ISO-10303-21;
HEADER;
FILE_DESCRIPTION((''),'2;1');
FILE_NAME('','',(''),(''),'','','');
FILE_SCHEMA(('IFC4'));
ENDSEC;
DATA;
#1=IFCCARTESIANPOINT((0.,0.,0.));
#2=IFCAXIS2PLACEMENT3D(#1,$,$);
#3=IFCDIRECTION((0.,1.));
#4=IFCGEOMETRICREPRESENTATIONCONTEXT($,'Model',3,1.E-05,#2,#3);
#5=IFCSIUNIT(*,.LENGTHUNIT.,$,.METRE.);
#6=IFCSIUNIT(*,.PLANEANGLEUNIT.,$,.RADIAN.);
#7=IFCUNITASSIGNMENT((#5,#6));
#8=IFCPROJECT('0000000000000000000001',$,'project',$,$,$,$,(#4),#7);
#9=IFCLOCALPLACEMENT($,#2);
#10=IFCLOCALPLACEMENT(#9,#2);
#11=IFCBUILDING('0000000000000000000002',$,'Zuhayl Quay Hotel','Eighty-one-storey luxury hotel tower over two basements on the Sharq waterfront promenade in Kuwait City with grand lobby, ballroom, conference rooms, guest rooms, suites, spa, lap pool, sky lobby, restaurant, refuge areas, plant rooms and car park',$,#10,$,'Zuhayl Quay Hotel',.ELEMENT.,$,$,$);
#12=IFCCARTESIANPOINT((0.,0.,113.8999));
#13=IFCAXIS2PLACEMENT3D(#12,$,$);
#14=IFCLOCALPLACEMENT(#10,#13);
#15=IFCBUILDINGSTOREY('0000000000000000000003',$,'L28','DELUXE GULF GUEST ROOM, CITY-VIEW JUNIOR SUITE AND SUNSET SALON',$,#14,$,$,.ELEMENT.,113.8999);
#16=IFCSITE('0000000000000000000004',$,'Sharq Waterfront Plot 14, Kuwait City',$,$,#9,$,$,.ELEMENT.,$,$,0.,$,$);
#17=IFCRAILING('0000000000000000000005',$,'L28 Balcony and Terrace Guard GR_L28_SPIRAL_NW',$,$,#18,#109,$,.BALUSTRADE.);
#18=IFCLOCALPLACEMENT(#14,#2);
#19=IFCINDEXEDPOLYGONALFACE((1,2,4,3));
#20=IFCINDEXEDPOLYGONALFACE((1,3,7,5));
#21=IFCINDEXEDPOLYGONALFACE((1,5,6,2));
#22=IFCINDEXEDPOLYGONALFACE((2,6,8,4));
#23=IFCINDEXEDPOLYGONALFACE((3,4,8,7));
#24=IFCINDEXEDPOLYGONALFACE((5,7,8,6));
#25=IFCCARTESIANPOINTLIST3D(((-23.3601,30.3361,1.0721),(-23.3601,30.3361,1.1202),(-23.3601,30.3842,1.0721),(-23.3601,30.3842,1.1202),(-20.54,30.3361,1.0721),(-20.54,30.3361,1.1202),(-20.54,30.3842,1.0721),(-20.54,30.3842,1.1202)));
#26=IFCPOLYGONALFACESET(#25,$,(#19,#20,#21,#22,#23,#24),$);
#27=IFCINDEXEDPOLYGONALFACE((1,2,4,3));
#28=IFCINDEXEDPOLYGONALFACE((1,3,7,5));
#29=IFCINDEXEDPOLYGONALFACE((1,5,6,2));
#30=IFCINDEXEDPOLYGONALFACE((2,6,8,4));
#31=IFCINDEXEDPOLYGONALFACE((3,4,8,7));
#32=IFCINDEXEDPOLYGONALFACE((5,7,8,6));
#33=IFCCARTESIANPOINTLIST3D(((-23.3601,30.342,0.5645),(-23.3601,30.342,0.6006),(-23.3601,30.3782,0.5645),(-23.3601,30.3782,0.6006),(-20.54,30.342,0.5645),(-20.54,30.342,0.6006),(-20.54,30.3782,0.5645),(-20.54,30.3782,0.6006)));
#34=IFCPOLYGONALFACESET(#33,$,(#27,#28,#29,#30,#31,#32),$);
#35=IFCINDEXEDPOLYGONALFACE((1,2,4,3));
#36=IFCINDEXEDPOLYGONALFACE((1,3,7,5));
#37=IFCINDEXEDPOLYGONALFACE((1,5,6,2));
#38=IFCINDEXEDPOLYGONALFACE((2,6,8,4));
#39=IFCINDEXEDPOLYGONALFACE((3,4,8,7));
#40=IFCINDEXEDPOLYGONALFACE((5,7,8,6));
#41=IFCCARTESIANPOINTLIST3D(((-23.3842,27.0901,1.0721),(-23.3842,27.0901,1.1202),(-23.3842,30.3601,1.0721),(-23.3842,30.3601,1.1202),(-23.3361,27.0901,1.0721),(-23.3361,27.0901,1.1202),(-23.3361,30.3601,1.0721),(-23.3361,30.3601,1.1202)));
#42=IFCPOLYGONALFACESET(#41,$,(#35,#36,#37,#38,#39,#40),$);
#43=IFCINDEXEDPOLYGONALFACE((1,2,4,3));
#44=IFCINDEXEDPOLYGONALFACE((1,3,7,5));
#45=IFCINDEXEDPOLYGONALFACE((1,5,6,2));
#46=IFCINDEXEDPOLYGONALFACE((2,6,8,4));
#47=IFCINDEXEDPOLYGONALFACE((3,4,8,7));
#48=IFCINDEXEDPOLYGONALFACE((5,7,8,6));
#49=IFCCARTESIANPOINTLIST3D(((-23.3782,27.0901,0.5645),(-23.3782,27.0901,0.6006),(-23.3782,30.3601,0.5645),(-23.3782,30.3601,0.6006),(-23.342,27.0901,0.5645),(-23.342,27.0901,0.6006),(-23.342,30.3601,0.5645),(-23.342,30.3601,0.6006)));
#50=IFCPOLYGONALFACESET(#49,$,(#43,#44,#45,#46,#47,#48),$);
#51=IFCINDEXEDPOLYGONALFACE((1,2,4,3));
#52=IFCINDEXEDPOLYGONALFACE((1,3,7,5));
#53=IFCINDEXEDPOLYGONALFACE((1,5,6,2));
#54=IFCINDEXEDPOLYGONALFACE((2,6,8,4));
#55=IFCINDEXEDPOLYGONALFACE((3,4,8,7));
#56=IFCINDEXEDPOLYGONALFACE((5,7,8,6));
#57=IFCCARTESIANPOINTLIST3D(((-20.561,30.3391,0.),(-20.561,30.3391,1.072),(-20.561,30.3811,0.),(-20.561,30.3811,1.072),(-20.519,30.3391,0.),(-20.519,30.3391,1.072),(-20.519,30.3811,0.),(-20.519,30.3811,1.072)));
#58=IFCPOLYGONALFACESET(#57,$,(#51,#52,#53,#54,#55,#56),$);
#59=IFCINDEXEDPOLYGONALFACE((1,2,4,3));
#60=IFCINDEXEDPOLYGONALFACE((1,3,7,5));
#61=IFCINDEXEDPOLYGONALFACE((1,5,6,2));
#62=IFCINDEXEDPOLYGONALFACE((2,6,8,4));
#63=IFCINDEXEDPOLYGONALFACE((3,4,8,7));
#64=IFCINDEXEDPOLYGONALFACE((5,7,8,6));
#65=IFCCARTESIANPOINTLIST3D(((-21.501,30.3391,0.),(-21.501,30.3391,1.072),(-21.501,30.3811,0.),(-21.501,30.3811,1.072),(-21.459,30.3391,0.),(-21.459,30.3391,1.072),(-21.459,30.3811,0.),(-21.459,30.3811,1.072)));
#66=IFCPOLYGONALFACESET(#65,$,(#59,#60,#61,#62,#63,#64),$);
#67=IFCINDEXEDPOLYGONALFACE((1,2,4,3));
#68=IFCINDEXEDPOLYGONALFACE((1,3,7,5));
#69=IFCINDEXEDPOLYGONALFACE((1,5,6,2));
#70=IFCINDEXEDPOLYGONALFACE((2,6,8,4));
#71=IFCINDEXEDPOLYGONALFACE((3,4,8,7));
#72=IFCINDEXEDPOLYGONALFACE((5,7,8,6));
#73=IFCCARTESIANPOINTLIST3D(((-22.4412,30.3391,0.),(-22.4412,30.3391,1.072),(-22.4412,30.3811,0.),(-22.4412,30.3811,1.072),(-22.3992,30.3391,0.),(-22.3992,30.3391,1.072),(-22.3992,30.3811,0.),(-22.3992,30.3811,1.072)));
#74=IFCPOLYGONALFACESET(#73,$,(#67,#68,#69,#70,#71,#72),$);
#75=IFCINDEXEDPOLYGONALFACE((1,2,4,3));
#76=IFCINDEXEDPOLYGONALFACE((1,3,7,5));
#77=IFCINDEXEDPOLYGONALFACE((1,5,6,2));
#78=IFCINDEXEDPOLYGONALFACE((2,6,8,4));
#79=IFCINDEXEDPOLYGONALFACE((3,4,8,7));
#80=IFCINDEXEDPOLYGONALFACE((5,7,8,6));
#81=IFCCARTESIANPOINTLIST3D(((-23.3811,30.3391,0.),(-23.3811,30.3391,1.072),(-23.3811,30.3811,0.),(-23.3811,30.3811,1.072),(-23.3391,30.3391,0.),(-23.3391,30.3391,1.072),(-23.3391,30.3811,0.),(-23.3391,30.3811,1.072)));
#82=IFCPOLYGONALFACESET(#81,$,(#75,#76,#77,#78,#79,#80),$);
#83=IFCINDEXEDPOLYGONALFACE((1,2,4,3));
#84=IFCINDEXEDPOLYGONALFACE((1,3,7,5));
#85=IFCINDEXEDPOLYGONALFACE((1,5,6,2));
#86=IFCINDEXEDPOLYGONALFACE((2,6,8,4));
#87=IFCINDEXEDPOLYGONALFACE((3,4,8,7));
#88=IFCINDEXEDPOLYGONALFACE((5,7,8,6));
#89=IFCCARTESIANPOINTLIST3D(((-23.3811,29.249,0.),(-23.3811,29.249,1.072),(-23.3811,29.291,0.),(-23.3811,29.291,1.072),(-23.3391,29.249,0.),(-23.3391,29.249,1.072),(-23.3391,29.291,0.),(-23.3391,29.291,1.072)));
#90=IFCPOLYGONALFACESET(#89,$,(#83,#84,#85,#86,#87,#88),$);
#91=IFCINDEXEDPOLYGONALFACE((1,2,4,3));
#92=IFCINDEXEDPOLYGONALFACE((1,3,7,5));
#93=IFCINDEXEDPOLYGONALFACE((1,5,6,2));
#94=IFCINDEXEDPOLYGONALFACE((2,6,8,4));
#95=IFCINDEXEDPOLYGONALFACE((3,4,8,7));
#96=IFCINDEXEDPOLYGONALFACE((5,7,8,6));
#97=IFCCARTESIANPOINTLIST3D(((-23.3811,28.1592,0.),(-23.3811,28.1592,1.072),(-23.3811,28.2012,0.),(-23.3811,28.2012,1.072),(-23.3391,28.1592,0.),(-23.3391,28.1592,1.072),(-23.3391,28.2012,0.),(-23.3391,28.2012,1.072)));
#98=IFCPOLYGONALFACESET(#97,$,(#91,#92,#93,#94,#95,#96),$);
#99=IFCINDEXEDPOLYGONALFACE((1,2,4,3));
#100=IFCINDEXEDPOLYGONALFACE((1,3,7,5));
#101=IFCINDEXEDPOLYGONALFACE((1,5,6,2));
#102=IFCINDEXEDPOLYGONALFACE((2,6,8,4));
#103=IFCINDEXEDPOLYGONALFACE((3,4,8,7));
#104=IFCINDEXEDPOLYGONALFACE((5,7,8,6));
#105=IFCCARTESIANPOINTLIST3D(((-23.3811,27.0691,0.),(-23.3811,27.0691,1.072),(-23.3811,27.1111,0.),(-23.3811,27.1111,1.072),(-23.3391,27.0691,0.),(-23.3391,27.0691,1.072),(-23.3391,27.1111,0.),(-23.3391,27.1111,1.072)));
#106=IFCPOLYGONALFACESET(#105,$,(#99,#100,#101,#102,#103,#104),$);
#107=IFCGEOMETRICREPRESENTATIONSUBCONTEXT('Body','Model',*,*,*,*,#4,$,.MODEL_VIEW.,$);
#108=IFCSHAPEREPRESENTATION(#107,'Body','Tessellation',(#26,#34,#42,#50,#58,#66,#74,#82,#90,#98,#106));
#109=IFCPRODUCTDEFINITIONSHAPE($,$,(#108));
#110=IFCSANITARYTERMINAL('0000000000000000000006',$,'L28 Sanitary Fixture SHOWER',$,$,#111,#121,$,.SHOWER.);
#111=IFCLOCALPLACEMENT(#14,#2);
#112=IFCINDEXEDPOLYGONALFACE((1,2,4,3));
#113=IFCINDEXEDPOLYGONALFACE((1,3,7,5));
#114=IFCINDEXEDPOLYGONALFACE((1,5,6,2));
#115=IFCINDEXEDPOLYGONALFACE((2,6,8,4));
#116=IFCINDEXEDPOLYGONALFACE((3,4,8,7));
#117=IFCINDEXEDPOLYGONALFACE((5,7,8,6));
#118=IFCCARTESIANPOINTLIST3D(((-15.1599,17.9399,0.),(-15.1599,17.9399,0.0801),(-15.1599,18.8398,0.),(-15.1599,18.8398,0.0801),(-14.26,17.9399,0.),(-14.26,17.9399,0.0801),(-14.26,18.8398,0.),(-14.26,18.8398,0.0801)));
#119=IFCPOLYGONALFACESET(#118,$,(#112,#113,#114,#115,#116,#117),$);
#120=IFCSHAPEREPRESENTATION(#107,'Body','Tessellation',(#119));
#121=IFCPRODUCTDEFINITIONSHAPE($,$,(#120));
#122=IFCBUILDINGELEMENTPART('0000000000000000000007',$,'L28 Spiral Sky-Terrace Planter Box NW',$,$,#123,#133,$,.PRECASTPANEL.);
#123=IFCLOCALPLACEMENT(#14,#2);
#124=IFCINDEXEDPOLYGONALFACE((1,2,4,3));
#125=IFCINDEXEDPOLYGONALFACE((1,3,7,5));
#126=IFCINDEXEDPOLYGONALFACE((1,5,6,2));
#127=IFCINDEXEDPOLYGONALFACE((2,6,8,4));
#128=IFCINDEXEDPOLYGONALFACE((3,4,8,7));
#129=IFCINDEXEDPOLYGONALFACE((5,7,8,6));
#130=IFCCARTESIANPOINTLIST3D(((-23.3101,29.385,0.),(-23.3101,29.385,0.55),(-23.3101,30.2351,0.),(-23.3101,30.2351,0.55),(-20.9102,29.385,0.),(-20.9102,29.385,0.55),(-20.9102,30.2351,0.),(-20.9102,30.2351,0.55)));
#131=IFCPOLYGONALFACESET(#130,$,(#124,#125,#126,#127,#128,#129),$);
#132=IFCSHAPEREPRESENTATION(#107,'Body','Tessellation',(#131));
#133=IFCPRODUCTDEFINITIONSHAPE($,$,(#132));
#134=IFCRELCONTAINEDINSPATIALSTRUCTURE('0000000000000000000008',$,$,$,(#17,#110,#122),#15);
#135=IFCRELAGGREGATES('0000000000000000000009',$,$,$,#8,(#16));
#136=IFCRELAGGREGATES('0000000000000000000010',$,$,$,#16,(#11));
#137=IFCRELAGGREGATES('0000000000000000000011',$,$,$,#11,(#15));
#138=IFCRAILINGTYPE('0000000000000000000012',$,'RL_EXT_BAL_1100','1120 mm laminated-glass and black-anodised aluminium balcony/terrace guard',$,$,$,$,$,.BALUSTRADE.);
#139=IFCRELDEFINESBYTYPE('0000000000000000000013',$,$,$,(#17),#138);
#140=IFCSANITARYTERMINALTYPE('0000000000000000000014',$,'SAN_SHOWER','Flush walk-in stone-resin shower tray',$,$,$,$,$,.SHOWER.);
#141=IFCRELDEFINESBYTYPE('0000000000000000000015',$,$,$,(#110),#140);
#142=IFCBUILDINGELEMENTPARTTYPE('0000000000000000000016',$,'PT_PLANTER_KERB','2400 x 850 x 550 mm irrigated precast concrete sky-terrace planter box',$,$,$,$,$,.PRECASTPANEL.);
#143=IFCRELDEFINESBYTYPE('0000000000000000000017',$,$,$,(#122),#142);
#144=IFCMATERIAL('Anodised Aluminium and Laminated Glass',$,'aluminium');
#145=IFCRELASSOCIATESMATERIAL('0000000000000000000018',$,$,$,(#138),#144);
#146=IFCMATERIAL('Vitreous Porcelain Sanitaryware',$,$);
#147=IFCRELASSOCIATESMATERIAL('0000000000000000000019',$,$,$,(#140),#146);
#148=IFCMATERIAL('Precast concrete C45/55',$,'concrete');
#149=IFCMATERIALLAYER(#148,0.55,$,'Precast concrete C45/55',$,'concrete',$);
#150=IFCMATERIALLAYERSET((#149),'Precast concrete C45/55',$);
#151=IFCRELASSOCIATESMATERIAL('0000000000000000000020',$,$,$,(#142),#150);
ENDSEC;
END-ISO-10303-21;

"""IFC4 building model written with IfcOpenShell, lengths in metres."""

from ifc_helpers import new_model, si_unit, direction, frame, origin, origin_2d, place, context, subcontext, project, spatial, rectangle, extrude, material, layer, layer_set, type_object, element, save


model = new_model("IFC4")

# Units and contexts
model_context = context("Model", 3, precision=1e-05, world=origin(), true_north=direction((0.0, 1.0)))
body_context = subcontext(model_context, "Body", "Model", "MODEL_VIEW")
ifc_project = project(units=[si_unit("LENGTHUNIT", "METRE"), si_unit("PLANEANGLEUNIT", "RADIAN")], contexts=[model_context])

# Site, building, storey
site_placement = place(None, origin())
site = spatial("IfcSite", under=ifc_project, at=site_placement, Name="Sharq Waterfront Plot 14, Kuwait City", CompositionType="ELEMENT", RefElevation=0.0)
building_placement = place(site_placement, origin())
building = spatial("IfcBuilding", under=site, at=building_placement, Name="Zuhayl Quay Hotel", Description="Eighty-one-storey luxury hotel tower over two basements on the Sharq waterfront promenade in Kuwait City with grand lobby, ballroom, conference rooms, guest rooms, suites, spa, lap pool, sky lobby, restaurant, refuge areas, plant rooms and car park", LongName="Zuhayl Quay Hotel", CompositionType="ELEMENT")
storey_placement = place(building_placement, frame((0.0, 0.0, 113.8999)))
storey = spatial("IfcBuildingStorey", under=building, at=storey_placement, Name="L28", Description="DELUXE GULF GUEST ROOM, CITY-VIEW JUNIOR SUITE AND SUNSET SALON", CompositionType="ELEMENT", Elevation=113.8999)

# Shared definitions
ifc_material_1 = material(Name="Precast concrete C45/55", Category="concrete")

# Railing
ifc_material_2 = material(Name="Anodised Aluminium and Laminated Glass", Category="aluminium")
railing_type = type_object("IfcRailingType", Name="RL_EXT_BAL_1100", Description="1120 mm laminated-glass and black-anodised aluminium balcony/terrace guard", PredefinedType="BALUSTRADE", material=ifc_material_2)
railing_1_placement = place(storey_placement, frame((-20.54, 30.3601, 0.0)))
element("IfcRailing", 1, at=railing_1_placement, inside=storey, type_object=railing_type, Name="L28 Balcony and Terrace Guard GR_L28_SPIRAL_NW", PredefinedType="BALUSTRADE", context=body_context, shape_type="SweptSolid", body=[
    extrude(rectangle(XDim=0.0481, YDim=0.0481, at=origin_2d()), frame((0.0, 0.0, 1.0962), z_axis=(-1.0, 0.0, 0.0), x_axis=(0.0, -1.0, 0.0)), (0.0, 0.0, 1.0), 2.8201),
    extrude(rectangle(XDim=0.0361, YDim=0.0361, at=origin_2d()), frame((0.0, 0.0, 0.5825), z_axis=(-1.0, 0.0, 0.0), x_axis=(0.0, -1.0, 0.0)), (0.0, 0.0, 1.0), 2.8201),
    extrude(rectangle(XDim=0.0481, YDim=0.0481, at=origin_2d()), frame((-2.8201, 0.0, 1.0962), z_axis=(0.0, -1.0, 0.0), x_axis=(1.0, 0.0, 0.0)), (0.0, 0.0, 1.0), 3.27),
    extrude(rectangle(XDim=0.0361, YDim=0.0361, at=origin_2d()), frame((-2.8201, 0.0, 0.5825), z_axis=(0.0, -1.0, 0.0), x_axis=(1.0, 0.0, 0.0)), (0.0, 0.0, 1.0), 3.27),
    extrude(rectangle(XDim=0.042, YDim=0.042, at=origin_2d()), origin(), (0.0, 0.0, 1.0), 1.072),
    extrude(rectangle(XDim=0.042, YDim=0.042, at=origin_2d()), frame((-0.9399, 0.0, 0.0)), (0.0, 0.0, 1.0), 1.072),
    extrude(rectangle(XDim=0.042, YDim=0.042, at=origin_2d()), frame((-1.8801, 0.0, 0.0)), (0.0, 0.0, 1.0), 1.072),
    extrude(rectangle(XDim=0.042, YDim=0.042, at=origin_2d()), frame((-2.8201, 0.0, 0.0)), (0.0, 0.0, 1.0), 1.072),
    extrude(rectangle(XDim=0.042, YDim=0.042, at=origin_2d()), frame((-2.8201, -1.0901, 0.0)), (0.0, 0.0, 1.0), 1.072),
    extrude(rectangle(XDim=0.042, YDim=0.042, at=origin_2d()), frame((-2.8201, -2.1799, 0.0)), (0.0, 0.0, 1.0), 1.072),
    extrude(rectangle(XDim=0.042, YDim=0.042, at=origin_2d()), frame((-2.8201, -3.27, 0.0)), (0.0, 0.0, 1.0), 1.072),
])

# Sanitary terminal
ifc_material_3 = material(Name="Vitreous Porcelain Sanitaryware")
sanitary_terminal_type = type_object("IfcSanitaryTerminalType", Name="SAN_SHOWER", Description="Flush walk-in stone-resin shower tray", PredefinedType="SHOWER", material=ifc_material_3)
sanitary_terminal_placement = place(storey_placement, frame((-14.71, 18.3899, 0.0), z_axis=(0.0, 0.0, 1.0), x_axis=(1.0, 0.0, 0.0)))
element("IfcSanitaryTerminal", 2, at=sanitary_terminal_placement, inside=storey, type_object=sanitary_terminal_type, Name="L28 Sanitary Fixture SHOWER", PredefinedType="SHOWER", context=body_context, shape_type="SweptSolid", body=[
    extrude(rectangle(XDim=0.8999, YDim=0.8999, at=origin_2d()), origin(), (0.0, 0.0, 1.0), 0.0801),
])

# Building element part
ifc_layer_1 = layer(ifc_material_1, 0.55, Name="Precast concrete C45/55", Category="concrete")
ifc_layer_set_1 = layer_set([ifc_layer_1], Name="Precast concrete C45/55")
building_element_part_type = type_object("IfcBuildingElementPartType", Name="PT_PLANTER_KERB", Description="2400 x 850 x 550 mm irrigated precast concrete sky-terrace planter box", PredefinedType="PRECASTPANEL", material=ifc_layer_set_1)
building_element_part_placement = place(storey_placement, frame((-22.1101, 29.8101, 0.0), z_axis=(0.0, 0.0, 1.0), x_axis=(1.0, 0.0, 0.0)))
element("IfcBuildingElementPart", 3, at=building_element_part_placement, inside=storey, type_object=building_element_part_type, Name="L28 Spiral Sky-Terrace Planter Box NW", PredefinedType="PRECASTPANEL", context=body_context, shape_type="SweptSolid", body=[
    extrude(rectangle(XDim=2.3999, YDim=0.8501, at=origin_2d()), origin(), (0.0, 0.0, 1.0), 0.55),
])

save(model, "model.ifc")
